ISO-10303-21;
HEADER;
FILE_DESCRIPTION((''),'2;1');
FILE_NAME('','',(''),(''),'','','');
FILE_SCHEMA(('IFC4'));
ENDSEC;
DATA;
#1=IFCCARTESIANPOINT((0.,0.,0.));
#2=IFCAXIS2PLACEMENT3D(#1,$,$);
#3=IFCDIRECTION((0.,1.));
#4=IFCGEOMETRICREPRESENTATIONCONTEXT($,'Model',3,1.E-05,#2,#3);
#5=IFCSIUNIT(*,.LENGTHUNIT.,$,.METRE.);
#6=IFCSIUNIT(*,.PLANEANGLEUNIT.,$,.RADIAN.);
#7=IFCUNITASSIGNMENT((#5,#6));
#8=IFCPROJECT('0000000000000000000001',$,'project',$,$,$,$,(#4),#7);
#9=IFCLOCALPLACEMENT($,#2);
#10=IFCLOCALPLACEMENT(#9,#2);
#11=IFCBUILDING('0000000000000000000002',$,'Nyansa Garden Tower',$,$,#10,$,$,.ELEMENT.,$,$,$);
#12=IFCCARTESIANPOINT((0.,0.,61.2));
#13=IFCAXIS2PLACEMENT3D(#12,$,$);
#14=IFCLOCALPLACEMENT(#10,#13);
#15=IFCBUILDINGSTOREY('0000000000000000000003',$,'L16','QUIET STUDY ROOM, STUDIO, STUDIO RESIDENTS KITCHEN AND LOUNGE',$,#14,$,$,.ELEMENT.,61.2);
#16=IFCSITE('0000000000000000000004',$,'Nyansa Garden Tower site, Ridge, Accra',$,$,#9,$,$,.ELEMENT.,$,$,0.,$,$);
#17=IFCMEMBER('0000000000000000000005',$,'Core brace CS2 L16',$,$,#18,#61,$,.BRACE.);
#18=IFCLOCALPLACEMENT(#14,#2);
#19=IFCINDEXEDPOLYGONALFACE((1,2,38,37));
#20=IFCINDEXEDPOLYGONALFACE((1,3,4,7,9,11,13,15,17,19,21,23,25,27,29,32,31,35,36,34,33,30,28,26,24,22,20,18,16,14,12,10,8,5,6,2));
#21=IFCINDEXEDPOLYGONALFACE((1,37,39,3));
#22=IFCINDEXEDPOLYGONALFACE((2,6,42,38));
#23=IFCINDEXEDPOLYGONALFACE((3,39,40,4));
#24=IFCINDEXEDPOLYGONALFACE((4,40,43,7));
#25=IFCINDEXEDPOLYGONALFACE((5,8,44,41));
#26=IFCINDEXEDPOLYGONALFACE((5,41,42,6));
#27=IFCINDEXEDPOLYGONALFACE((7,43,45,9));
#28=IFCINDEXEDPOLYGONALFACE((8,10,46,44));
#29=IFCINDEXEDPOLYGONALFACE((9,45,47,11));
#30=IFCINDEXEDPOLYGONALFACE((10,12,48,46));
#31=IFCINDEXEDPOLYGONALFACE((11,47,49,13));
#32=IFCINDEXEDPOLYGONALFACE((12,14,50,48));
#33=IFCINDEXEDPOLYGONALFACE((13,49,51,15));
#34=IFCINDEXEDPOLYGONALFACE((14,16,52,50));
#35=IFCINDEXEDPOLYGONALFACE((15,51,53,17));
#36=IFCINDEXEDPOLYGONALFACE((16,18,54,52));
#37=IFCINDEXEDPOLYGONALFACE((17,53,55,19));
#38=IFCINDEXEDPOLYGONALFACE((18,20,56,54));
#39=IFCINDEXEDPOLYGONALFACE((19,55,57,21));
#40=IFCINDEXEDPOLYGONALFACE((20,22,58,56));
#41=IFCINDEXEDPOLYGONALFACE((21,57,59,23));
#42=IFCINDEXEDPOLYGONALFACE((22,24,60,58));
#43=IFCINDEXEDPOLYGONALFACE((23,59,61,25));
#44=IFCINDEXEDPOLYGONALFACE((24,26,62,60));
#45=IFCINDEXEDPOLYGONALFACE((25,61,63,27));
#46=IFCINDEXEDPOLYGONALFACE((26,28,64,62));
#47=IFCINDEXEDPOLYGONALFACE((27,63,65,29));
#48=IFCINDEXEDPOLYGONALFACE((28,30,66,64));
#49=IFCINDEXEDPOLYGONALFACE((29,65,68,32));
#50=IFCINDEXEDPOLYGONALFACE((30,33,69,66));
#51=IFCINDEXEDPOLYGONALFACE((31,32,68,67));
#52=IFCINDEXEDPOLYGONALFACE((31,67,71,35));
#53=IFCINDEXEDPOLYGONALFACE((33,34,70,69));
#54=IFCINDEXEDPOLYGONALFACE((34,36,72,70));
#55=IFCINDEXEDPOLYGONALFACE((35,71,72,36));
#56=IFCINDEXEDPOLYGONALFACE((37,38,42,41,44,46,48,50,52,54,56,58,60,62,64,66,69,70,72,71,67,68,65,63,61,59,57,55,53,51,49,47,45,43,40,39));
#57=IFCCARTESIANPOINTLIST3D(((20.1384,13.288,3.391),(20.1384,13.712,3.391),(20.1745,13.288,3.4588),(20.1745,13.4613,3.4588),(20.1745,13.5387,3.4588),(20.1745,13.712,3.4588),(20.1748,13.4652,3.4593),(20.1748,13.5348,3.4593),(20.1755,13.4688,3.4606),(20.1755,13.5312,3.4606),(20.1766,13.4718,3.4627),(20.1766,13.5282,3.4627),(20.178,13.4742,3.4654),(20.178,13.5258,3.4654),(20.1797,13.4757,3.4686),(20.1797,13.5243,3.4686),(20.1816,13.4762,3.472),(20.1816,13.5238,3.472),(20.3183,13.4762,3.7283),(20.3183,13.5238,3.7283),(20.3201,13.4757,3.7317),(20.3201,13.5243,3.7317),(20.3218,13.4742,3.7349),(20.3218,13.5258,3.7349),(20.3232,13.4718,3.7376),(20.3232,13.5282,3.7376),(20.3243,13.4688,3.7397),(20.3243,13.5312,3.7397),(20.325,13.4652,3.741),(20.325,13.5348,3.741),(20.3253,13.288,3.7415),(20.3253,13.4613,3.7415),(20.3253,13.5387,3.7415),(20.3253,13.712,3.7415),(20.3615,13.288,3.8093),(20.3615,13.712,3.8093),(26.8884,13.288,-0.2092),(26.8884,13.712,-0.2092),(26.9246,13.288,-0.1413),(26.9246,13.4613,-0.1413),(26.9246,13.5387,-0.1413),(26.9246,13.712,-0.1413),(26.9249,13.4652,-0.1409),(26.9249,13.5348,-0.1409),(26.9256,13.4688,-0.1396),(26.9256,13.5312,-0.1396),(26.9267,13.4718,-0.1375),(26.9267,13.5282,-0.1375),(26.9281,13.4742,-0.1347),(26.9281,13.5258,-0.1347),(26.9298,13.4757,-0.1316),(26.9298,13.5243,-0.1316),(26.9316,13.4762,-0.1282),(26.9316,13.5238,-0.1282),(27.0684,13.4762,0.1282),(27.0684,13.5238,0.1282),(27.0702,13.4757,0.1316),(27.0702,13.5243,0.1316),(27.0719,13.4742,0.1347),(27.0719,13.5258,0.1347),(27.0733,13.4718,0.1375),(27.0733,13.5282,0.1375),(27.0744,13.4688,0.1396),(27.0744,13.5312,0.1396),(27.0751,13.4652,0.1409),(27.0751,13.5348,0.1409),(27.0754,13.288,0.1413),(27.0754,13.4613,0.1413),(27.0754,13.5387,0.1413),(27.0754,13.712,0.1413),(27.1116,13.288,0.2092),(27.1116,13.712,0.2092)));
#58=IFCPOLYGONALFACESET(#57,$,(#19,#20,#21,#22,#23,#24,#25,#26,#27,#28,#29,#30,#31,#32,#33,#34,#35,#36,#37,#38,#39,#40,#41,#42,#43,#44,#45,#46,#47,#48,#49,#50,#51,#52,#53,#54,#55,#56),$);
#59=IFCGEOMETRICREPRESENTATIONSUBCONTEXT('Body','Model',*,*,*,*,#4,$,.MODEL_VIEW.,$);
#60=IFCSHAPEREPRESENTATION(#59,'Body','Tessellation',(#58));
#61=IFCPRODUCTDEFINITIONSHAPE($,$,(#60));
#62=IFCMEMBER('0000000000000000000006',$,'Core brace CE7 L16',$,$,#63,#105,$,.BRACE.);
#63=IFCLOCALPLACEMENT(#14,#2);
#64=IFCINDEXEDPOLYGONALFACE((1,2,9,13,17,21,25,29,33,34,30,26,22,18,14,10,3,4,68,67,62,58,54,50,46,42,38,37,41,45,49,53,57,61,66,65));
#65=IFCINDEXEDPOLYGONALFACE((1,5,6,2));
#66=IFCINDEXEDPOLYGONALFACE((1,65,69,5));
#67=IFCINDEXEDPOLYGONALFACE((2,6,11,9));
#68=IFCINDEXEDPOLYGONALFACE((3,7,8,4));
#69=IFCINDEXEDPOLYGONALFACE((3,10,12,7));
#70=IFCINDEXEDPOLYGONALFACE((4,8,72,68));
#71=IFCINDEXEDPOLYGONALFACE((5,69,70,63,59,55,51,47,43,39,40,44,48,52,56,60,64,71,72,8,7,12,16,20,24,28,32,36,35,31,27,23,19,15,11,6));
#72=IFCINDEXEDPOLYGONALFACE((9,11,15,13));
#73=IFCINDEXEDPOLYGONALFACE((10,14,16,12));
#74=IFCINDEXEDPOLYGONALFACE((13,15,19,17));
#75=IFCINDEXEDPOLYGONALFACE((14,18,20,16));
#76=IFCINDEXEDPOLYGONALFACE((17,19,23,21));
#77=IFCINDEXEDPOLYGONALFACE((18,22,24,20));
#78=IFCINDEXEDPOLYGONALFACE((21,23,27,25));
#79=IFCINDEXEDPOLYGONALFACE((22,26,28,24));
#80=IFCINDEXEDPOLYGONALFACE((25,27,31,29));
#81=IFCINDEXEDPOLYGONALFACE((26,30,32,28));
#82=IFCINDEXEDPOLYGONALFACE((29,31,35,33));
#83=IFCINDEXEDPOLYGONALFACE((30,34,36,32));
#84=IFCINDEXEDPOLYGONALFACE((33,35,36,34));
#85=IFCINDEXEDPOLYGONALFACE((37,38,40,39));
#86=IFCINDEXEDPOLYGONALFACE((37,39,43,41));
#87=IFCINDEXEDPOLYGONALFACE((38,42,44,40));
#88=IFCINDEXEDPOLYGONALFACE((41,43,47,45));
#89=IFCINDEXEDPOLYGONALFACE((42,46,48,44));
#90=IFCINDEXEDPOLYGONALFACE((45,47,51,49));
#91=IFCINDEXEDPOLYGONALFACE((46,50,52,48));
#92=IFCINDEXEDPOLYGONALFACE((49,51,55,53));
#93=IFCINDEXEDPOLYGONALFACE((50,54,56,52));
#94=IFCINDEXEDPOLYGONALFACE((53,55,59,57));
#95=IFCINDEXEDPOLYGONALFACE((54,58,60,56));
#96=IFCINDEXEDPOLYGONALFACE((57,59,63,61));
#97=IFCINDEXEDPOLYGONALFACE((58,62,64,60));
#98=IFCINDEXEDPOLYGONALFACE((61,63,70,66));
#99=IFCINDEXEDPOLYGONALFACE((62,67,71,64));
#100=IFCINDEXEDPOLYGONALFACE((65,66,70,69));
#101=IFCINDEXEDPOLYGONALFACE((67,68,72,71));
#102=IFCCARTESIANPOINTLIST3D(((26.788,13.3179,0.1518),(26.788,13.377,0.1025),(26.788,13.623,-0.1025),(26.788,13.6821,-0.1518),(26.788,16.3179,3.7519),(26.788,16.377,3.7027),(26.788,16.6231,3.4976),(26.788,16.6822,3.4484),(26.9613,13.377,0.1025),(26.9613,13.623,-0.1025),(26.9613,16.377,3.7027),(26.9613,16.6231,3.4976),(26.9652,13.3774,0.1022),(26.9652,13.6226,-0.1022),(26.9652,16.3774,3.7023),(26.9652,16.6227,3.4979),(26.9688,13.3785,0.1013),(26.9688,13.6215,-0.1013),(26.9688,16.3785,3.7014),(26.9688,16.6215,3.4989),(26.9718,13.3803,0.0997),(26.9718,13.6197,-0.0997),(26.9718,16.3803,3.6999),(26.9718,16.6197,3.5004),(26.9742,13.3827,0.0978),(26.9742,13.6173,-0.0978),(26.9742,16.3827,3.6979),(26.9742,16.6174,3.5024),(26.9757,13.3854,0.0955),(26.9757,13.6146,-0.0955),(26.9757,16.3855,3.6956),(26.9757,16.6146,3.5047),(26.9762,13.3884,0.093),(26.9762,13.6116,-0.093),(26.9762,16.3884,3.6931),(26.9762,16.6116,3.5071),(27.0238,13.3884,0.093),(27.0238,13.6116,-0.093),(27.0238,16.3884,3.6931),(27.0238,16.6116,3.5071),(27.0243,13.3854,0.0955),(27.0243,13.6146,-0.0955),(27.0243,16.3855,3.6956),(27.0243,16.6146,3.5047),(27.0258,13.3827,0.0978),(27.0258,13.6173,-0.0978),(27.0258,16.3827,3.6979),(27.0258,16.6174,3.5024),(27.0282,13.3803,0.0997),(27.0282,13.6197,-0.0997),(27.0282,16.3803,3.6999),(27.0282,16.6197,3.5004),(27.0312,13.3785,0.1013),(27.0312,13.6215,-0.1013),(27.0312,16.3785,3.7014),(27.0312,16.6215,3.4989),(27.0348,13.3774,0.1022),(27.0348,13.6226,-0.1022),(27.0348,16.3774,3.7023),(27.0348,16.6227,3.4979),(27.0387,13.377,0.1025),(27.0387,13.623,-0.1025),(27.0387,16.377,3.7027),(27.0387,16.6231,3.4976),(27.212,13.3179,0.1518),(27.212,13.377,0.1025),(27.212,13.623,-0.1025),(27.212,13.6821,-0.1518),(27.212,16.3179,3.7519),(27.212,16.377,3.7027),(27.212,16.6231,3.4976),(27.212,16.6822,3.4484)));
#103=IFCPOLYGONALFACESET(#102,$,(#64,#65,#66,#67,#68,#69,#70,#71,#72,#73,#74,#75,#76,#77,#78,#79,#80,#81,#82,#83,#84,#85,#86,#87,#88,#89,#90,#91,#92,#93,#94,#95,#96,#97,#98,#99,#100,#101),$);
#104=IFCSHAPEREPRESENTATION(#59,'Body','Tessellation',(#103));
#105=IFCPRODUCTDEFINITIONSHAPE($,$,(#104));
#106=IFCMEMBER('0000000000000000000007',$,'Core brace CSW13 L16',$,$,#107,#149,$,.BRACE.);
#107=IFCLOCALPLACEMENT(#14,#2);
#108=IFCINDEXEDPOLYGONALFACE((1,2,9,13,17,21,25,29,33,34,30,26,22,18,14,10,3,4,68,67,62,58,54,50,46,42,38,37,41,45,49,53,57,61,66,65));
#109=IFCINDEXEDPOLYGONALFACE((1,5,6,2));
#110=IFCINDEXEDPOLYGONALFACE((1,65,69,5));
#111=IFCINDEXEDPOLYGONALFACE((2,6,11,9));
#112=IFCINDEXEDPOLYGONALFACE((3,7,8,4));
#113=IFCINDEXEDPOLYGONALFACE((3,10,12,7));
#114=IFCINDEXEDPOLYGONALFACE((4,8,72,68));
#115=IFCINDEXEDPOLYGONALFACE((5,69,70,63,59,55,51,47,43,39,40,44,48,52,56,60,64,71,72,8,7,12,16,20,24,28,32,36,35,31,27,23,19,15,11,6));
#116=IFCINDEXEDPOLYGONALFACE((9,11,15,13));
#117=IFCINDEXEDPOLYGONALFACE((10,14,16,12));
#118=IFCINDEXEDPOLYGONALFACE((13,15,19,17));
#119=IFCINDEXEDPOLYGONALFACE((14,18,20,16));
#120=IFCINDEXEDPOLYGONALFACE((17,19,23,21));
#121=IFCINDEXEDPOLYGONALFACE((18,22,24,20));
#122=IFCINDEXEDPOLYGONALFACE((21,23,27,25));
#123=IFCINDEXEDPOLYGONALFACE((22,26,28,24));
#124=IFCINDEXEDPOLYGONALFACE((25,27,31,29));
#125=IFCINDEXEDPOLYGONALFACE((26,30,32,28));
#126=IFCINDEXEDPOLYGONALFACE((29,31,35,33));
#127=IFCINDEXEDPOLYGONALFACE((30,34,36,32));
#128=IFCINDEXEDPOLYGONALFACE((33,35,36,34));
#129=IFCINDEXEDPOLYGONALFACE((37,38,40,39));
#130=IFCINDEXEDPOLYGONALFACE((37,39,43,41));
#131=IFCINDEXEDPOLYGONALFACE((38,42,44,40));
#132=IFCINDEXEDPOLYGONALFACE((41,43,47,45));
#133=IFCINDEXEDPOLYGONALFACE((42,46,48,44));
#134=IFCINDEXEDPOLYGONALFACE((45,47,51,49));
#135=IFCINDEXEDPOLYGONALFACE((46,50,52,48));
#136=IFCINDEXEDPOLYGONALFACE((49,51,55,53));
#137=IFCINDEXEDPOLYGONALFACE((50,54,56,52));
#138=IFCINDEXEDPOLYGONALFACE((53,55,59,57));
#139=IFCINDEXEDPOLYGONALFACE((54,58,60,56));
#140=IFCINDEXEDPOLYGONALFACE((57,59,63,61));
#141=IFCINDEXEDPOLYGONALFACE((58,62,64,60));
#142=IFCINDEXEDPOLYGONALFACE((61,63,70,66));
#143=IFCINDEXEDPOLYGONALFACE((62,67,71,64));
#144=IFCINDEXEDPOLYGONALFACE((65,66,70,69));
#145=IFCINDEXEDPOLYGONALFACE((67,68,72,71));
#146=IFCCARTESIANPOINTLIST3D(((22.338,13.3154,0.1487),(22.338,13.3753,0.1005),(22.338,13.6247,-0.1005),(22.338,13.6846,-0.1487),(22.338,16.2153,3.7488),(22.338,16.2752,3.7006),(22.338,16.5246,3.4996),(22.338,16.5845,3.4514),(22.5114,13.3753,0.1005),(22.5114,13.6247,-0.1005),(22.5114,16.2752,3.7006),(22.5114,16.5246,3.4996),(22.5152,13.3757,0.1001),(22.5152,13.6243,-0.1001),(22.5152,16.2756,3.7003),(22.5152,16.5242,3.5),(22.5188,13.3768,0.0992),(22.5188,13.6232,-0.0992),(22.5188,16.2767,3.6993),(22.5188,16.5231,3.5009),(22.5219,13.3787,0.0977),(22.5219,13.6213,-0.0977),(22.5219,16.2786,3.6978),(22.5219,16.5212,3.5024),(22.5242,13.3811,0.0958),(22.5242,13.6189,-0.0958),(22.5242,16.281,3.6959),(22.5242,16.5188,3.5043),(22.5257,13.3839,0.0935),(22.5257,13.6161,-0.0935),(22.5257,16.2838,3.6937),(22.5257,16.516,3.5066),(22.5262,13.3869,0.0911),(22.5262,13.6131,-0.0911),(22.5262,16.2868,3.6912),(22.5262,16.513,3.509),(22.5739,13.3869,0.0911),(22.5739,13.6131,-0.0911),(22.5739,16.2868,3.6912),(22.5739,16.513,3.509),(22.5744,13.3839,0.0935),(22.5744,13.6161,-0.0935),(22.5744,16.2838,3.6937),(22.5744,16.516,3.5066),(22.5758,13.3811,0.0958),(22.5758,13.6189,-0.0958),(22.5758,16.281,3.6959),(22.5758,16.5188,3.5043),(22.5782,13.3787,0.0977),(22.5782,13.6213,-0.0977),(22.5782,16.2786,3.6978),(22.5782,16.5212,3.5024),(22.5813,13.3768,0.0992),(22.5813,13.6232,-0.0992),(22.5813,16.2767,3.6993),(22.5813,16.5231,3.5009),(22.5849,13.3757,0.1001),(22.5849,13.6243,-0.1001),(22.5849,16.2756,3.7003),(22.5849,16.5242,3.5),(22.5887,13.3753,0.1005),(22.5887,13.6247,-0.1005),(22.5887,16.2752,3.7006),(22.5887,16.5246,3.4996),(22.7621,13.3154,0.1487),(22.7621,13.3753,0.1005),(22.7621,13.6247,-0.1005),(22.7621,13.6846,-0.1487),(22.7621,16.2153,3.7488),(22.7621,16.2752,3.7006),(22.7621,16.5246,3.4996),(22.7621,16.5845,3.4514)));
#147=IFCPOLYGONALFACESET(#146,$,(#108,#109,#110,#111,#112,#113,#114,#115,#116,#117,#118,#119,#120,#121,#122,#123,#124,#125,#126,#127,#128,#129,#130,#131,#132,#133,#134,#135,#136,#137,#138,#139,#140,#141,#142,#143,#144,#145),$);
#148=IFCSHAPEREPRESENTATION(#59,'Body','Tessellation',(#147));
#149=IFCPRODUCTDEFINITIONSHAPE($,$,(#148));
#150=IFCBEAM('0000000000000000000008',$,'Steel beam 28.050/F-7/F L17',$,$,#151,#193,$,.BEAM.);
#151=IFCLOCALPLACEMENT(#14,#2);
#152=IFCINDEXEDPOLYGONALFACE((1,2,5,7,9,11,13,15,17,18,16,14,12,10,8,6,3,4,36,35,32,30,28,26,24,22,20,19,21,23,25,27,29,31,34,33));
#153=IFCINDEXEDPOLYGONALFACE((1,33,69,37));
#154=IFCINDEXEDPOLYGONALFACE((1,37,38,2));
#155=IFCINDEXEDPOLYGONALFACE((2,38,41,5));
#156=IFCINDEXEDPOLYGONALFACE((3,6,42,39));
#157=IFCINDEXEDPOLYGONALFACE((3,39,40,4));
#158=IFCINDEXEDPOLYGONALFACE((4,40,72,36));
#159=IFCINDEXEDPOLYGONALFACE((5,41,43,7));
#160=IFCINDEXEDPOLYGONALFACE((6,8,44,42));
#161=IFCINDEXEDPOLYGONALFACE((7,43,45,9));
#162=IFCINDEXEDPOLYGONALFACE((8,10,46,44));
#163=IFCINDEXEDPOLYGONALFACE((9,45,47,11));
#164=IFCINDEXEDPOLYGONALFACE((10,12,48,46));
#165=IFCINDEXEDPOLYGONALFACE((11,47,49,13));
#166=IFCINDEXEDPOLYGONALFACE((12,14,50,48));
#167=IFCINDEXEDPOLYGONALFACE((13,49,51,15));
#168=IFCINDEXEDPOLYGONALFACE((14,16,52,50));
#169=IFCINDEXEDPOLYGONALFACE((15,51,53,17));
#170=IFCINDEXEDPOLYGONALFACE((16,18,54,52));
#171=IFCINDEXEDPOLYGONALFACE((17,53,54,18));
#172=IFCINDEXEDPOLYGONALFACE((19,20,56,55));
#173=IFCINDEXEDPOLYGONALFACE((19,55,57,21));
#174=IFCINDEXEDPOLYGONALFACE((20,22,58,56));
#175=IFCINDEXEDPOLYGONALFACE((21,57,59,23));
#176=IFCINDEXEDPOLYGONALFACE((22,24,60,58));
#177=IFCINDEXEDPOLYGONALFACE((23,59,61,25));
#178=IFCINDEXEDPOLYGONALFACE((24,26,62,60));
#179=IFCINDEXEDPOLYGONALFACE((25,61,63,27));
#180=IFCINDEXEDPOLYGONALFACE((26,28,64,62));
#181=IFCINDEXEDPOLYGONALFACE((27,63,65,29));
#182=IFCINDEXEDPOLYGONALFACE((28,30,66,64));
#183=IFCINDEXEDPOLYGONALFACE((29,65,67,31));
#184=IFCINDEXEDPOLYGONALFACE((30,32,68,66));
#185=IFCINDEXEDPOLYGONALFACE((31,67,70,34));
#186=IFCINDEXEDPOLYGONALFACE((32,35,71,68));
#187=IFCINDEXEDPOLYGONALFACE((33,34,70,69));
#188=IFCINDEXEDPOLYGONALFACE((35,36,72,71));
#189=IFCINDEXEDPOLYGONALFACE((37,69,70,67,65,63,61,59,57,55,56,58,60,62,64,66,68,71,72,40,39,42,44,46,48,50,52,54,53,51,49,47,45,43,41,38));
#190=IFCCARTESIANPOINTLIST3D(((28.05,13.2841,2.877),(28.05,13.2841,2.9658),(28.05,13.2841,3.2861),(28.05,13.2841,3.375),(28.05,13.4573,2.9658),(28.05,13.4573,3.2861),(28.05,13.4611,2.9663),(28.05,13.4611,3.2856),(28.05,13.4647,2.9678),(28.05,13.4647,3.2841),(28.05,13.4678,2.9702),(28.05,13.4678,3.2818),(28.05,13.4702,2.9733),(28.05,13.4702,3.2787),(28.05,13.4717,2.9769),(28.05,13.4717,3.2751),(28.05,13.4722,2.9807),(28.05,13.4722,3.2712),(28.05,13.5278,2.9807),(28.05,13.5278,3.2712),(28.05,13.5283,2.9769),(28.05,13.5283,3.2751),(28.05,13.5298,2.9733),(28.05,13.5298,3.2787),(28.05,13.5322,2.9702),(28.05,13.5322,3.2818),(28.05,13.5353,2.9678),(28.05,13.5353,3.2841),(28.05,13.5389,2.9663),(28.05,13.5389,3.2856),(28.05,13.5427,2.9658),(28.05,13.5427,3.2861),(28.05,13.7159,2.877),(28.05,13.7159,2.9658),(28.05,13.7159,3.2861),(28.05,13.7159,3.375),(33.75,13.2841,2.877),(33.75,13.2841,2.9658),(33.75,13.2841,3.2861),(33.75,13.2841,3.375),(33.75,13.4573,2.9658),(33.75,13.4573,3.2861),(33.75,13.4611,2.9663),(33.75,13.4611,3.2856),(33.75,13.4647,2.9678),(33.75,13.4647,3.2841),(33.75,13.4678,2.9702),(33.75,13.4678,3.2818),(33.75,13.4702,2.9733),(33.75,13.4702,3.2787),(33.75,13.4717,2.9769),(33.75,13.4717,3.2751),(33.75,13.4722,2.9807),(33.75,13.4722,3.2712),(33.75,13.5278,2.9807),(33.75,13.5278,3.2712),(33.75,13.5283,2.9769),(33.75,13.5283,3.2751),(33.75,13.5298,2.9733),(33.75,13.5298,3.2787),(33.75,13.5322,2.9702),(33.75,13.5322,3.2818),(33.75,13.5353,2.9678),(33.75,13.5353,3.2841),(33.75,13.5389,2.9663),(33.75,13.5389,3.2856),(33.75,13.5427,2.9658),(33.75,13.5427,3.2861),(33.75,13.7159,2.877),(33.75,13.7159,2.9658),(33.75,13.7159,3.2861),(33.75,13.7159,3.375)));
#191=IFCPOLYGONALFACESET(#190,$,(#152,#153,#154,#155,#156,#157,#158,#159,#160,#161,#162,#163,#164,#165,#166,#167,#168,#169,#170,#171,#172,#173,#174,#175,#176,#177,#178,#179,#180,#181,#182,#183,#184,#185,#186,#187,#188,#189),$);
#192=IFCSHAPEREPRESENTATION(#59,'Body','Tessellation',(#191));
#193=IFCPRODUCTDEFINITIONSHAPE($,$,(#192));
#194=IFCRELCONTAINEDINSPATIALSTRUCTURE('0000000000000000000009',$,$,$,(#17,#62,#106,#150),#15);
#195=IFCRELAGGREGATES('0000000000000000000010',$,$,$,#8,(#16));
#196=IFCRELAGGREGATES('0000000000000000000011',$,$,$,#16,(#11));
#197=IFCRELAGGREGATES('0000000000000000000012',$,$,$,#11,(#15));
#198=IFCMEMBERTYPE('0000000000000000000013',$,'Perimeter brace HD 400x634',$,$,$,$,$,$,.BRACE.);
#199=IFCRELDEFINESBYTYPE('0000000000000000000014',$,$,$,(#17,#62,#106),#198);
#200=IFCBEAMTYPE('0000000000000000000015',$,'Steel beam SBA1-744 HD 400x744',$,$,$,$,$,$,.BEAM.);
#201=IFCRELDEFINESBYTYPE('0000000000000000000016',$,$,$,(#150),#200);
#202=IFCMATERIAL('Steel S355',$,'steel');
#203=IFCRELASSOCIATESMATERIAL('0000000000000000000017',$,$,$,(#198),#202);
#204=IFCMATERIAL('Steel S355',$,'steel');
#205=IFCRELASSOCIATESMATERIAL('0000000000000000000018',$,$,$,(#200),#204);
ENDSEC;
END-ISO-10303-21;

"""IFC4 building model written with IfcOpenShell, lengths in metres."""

from ifc_helpers import new_model, si_unit, direction, frame, origin, origin_2d, place, context, subcontext, project, spatial, i_section, extrude, material, material_profile, profile_set, type_object, element, save


model = new_model("IFC4")

# Units and contexts
model_context = context("Model", 3, precision=1e-05, world=origin(), true_north=direction((0.0, 1.0)))
body_context = subcontext(model_context, "Body", "Model", "MODEL_VIEW")
ifc_project = project(units=[si_unit("LENGTHUNIT", "METRE"), si_unit("PLANEANGLEUNIT", "RADIAN")], contexts=[model_context])

# Site, building, storey
site_placement = place(None, origin())
site = spatial("IfcSite", under=ifc_project, at=site_placement, Name="Nyansa Garden Tower site, Ridge, Accra", CompositionType="ELEMENT", RefElevation=0.0)
building_placement = place(site_placement, origin())
building = spatial("IfcBuilding", under=site, at=building_placement, Name="Nyansa Garden Tower", CompositionType="ELEMENT")
storey_placement = place(building_placement, frame((0.0, 0.0, 61.2)))
storey = spatial("IfcBuildingStorey", under=building, at=storey_placement, Name="L16", Description="QUIET STUDY ROOM, STUDIO, STUDIO RESIDENTS KITCHEN AND LOUNGE", CompositionType="ELEMENT", Elevation=61.2)

# Members
ifc_material_1 = material(Name="Steel S355", Category="steel")
ifc_material_profile_1 = material_profile(ifc_material_1, i_section(OverallWidth=0.4241, OverallDepth=0.4741, WebThickness=0.0476, FlangeThickness=0.0769, FilletRadius=0.0149, at=origin_2d()), Name="HD 400x634")
ifc_profile_set_1 = profile_set([ifc_material_profile_1], Name="Steel S355")
member_type = type_object("IfcMemberType", Name="Perimeter brace HD 400x634", PredefinedType="BRACE", material=ifc_profile_set_1)
member_1_placement = place(storey_placement, frame((27.0, 13.5, 0.0), z_axis=(-0.882348, 0.0, 0.470598), x_axis=(0.0, -1.0, 0.0)))
element("IfcMember", 1, at=member_1_placement, inside=storey, type_object=member_type, Name="Core brace CS2 L16", PredefinedType="BRACE", context=body_context, shape_type="SweptSolid", body=[
    extrude(i_section(OverallWidth=0.4241, OverallDepth=0.4741, WebThickness=0.0476, FlangeThickness=0.0769, FilletRadius=0.0149, at=origin_2d()), origin(), (0.0, 0.0, 1.0), 7.6501),
])
member_2_placement = place(storey_placement, frame((27.0, 13.5, 0.0), z_axis=(0.0, 0.640174, 0.76823), x_axis=(-1.0, 0.0, 0.0)))
element("IfcMember", 2, at=member_2_placement, inside=storey, type_object=member_type, Name="Core brace CE7 L16", PredefinedType="BRACE", context=body_context, shape_type="SweptSolid", body=[
    extrude(i_section(OverallWidth=0.4241, OverallDepth=0.4741, WebThickness=0.0476, FlangeThickness=0.0769, FilletRadius=0.0149, at=origin_2d()), origin(), (0.0, 0.0, 1.0), 4.6863),
])
member_3_placement = place(storey_placement, frame((22.55, 13.5, 0.0), z_axis=(0.0, 0.627306, 0.778773), x_axis=(-1.0, 0.0, 0.0)))
element("IfcMember", 3, at=member_3_placement, inside=storey, type_object=member_type, Name="Core brace CSW13 L16", PredefinedType="BRACE", context=body_context, shape_type="SweptSolid", body=[
    extrude(i_section(OverallWidth=0.4241, OverallDepth=0.4741, WebThickness=0.0476, FlangeThickness=0.0769, FilletRadius=0.0149, at=origin_2d()), origin(), (0.0, 0.0, 1.0), 4.6228),
])

# Beam
ifc_material_2 = material(Name="Steel S355", Category="steel")
ifc_material_profile_2 = material_profile(ifc_material_2, i_section(OverallWidth=0.4319, OverallDepth=0.498, WebThickness=0.0557, FlangeThickness=0.0889, FilletRadius=0.0149, at=origin_2d()), Name="HD 400x744")
ifc_profile_set_2 = profile_set([ifc_material_profile_2], Name="Steel S355")
beam_type_1 = type_object("IfcBeamType", Name="Steel beam SBA1-744 HD 400x744", PredefinedType="BEAM", material=ifc_profile_set_2)
for number, where, z_axis, x_axis, name in (
    (4, (28.05, 13.5, 3.126), (1.0, 0.0, 0.0), (0.0, 1.0, 0.0), "Steel beam 28.050/F-7/F L17"),
):
    element("IfcBeam", number, at=place(storey_placement, frame(where, z_axis=z_axis, x_axis=x_axis)), inside=storey, type_object=beam_type_1, Name=name, PredefinedType="BEAM", context=body_context, shape_type="SweptSolid", body=[
        extrude(i_section(OverallWidth=0.4319, OverallDepth=0.498, WebThickness=0.0557, FlangeThickness=0.0889, FilletRadius=0.0149, at=origin_2d()), origin(), (0.0, 0.0, 1.0), 5.7),
    ])

save(model, "model.ifc")
